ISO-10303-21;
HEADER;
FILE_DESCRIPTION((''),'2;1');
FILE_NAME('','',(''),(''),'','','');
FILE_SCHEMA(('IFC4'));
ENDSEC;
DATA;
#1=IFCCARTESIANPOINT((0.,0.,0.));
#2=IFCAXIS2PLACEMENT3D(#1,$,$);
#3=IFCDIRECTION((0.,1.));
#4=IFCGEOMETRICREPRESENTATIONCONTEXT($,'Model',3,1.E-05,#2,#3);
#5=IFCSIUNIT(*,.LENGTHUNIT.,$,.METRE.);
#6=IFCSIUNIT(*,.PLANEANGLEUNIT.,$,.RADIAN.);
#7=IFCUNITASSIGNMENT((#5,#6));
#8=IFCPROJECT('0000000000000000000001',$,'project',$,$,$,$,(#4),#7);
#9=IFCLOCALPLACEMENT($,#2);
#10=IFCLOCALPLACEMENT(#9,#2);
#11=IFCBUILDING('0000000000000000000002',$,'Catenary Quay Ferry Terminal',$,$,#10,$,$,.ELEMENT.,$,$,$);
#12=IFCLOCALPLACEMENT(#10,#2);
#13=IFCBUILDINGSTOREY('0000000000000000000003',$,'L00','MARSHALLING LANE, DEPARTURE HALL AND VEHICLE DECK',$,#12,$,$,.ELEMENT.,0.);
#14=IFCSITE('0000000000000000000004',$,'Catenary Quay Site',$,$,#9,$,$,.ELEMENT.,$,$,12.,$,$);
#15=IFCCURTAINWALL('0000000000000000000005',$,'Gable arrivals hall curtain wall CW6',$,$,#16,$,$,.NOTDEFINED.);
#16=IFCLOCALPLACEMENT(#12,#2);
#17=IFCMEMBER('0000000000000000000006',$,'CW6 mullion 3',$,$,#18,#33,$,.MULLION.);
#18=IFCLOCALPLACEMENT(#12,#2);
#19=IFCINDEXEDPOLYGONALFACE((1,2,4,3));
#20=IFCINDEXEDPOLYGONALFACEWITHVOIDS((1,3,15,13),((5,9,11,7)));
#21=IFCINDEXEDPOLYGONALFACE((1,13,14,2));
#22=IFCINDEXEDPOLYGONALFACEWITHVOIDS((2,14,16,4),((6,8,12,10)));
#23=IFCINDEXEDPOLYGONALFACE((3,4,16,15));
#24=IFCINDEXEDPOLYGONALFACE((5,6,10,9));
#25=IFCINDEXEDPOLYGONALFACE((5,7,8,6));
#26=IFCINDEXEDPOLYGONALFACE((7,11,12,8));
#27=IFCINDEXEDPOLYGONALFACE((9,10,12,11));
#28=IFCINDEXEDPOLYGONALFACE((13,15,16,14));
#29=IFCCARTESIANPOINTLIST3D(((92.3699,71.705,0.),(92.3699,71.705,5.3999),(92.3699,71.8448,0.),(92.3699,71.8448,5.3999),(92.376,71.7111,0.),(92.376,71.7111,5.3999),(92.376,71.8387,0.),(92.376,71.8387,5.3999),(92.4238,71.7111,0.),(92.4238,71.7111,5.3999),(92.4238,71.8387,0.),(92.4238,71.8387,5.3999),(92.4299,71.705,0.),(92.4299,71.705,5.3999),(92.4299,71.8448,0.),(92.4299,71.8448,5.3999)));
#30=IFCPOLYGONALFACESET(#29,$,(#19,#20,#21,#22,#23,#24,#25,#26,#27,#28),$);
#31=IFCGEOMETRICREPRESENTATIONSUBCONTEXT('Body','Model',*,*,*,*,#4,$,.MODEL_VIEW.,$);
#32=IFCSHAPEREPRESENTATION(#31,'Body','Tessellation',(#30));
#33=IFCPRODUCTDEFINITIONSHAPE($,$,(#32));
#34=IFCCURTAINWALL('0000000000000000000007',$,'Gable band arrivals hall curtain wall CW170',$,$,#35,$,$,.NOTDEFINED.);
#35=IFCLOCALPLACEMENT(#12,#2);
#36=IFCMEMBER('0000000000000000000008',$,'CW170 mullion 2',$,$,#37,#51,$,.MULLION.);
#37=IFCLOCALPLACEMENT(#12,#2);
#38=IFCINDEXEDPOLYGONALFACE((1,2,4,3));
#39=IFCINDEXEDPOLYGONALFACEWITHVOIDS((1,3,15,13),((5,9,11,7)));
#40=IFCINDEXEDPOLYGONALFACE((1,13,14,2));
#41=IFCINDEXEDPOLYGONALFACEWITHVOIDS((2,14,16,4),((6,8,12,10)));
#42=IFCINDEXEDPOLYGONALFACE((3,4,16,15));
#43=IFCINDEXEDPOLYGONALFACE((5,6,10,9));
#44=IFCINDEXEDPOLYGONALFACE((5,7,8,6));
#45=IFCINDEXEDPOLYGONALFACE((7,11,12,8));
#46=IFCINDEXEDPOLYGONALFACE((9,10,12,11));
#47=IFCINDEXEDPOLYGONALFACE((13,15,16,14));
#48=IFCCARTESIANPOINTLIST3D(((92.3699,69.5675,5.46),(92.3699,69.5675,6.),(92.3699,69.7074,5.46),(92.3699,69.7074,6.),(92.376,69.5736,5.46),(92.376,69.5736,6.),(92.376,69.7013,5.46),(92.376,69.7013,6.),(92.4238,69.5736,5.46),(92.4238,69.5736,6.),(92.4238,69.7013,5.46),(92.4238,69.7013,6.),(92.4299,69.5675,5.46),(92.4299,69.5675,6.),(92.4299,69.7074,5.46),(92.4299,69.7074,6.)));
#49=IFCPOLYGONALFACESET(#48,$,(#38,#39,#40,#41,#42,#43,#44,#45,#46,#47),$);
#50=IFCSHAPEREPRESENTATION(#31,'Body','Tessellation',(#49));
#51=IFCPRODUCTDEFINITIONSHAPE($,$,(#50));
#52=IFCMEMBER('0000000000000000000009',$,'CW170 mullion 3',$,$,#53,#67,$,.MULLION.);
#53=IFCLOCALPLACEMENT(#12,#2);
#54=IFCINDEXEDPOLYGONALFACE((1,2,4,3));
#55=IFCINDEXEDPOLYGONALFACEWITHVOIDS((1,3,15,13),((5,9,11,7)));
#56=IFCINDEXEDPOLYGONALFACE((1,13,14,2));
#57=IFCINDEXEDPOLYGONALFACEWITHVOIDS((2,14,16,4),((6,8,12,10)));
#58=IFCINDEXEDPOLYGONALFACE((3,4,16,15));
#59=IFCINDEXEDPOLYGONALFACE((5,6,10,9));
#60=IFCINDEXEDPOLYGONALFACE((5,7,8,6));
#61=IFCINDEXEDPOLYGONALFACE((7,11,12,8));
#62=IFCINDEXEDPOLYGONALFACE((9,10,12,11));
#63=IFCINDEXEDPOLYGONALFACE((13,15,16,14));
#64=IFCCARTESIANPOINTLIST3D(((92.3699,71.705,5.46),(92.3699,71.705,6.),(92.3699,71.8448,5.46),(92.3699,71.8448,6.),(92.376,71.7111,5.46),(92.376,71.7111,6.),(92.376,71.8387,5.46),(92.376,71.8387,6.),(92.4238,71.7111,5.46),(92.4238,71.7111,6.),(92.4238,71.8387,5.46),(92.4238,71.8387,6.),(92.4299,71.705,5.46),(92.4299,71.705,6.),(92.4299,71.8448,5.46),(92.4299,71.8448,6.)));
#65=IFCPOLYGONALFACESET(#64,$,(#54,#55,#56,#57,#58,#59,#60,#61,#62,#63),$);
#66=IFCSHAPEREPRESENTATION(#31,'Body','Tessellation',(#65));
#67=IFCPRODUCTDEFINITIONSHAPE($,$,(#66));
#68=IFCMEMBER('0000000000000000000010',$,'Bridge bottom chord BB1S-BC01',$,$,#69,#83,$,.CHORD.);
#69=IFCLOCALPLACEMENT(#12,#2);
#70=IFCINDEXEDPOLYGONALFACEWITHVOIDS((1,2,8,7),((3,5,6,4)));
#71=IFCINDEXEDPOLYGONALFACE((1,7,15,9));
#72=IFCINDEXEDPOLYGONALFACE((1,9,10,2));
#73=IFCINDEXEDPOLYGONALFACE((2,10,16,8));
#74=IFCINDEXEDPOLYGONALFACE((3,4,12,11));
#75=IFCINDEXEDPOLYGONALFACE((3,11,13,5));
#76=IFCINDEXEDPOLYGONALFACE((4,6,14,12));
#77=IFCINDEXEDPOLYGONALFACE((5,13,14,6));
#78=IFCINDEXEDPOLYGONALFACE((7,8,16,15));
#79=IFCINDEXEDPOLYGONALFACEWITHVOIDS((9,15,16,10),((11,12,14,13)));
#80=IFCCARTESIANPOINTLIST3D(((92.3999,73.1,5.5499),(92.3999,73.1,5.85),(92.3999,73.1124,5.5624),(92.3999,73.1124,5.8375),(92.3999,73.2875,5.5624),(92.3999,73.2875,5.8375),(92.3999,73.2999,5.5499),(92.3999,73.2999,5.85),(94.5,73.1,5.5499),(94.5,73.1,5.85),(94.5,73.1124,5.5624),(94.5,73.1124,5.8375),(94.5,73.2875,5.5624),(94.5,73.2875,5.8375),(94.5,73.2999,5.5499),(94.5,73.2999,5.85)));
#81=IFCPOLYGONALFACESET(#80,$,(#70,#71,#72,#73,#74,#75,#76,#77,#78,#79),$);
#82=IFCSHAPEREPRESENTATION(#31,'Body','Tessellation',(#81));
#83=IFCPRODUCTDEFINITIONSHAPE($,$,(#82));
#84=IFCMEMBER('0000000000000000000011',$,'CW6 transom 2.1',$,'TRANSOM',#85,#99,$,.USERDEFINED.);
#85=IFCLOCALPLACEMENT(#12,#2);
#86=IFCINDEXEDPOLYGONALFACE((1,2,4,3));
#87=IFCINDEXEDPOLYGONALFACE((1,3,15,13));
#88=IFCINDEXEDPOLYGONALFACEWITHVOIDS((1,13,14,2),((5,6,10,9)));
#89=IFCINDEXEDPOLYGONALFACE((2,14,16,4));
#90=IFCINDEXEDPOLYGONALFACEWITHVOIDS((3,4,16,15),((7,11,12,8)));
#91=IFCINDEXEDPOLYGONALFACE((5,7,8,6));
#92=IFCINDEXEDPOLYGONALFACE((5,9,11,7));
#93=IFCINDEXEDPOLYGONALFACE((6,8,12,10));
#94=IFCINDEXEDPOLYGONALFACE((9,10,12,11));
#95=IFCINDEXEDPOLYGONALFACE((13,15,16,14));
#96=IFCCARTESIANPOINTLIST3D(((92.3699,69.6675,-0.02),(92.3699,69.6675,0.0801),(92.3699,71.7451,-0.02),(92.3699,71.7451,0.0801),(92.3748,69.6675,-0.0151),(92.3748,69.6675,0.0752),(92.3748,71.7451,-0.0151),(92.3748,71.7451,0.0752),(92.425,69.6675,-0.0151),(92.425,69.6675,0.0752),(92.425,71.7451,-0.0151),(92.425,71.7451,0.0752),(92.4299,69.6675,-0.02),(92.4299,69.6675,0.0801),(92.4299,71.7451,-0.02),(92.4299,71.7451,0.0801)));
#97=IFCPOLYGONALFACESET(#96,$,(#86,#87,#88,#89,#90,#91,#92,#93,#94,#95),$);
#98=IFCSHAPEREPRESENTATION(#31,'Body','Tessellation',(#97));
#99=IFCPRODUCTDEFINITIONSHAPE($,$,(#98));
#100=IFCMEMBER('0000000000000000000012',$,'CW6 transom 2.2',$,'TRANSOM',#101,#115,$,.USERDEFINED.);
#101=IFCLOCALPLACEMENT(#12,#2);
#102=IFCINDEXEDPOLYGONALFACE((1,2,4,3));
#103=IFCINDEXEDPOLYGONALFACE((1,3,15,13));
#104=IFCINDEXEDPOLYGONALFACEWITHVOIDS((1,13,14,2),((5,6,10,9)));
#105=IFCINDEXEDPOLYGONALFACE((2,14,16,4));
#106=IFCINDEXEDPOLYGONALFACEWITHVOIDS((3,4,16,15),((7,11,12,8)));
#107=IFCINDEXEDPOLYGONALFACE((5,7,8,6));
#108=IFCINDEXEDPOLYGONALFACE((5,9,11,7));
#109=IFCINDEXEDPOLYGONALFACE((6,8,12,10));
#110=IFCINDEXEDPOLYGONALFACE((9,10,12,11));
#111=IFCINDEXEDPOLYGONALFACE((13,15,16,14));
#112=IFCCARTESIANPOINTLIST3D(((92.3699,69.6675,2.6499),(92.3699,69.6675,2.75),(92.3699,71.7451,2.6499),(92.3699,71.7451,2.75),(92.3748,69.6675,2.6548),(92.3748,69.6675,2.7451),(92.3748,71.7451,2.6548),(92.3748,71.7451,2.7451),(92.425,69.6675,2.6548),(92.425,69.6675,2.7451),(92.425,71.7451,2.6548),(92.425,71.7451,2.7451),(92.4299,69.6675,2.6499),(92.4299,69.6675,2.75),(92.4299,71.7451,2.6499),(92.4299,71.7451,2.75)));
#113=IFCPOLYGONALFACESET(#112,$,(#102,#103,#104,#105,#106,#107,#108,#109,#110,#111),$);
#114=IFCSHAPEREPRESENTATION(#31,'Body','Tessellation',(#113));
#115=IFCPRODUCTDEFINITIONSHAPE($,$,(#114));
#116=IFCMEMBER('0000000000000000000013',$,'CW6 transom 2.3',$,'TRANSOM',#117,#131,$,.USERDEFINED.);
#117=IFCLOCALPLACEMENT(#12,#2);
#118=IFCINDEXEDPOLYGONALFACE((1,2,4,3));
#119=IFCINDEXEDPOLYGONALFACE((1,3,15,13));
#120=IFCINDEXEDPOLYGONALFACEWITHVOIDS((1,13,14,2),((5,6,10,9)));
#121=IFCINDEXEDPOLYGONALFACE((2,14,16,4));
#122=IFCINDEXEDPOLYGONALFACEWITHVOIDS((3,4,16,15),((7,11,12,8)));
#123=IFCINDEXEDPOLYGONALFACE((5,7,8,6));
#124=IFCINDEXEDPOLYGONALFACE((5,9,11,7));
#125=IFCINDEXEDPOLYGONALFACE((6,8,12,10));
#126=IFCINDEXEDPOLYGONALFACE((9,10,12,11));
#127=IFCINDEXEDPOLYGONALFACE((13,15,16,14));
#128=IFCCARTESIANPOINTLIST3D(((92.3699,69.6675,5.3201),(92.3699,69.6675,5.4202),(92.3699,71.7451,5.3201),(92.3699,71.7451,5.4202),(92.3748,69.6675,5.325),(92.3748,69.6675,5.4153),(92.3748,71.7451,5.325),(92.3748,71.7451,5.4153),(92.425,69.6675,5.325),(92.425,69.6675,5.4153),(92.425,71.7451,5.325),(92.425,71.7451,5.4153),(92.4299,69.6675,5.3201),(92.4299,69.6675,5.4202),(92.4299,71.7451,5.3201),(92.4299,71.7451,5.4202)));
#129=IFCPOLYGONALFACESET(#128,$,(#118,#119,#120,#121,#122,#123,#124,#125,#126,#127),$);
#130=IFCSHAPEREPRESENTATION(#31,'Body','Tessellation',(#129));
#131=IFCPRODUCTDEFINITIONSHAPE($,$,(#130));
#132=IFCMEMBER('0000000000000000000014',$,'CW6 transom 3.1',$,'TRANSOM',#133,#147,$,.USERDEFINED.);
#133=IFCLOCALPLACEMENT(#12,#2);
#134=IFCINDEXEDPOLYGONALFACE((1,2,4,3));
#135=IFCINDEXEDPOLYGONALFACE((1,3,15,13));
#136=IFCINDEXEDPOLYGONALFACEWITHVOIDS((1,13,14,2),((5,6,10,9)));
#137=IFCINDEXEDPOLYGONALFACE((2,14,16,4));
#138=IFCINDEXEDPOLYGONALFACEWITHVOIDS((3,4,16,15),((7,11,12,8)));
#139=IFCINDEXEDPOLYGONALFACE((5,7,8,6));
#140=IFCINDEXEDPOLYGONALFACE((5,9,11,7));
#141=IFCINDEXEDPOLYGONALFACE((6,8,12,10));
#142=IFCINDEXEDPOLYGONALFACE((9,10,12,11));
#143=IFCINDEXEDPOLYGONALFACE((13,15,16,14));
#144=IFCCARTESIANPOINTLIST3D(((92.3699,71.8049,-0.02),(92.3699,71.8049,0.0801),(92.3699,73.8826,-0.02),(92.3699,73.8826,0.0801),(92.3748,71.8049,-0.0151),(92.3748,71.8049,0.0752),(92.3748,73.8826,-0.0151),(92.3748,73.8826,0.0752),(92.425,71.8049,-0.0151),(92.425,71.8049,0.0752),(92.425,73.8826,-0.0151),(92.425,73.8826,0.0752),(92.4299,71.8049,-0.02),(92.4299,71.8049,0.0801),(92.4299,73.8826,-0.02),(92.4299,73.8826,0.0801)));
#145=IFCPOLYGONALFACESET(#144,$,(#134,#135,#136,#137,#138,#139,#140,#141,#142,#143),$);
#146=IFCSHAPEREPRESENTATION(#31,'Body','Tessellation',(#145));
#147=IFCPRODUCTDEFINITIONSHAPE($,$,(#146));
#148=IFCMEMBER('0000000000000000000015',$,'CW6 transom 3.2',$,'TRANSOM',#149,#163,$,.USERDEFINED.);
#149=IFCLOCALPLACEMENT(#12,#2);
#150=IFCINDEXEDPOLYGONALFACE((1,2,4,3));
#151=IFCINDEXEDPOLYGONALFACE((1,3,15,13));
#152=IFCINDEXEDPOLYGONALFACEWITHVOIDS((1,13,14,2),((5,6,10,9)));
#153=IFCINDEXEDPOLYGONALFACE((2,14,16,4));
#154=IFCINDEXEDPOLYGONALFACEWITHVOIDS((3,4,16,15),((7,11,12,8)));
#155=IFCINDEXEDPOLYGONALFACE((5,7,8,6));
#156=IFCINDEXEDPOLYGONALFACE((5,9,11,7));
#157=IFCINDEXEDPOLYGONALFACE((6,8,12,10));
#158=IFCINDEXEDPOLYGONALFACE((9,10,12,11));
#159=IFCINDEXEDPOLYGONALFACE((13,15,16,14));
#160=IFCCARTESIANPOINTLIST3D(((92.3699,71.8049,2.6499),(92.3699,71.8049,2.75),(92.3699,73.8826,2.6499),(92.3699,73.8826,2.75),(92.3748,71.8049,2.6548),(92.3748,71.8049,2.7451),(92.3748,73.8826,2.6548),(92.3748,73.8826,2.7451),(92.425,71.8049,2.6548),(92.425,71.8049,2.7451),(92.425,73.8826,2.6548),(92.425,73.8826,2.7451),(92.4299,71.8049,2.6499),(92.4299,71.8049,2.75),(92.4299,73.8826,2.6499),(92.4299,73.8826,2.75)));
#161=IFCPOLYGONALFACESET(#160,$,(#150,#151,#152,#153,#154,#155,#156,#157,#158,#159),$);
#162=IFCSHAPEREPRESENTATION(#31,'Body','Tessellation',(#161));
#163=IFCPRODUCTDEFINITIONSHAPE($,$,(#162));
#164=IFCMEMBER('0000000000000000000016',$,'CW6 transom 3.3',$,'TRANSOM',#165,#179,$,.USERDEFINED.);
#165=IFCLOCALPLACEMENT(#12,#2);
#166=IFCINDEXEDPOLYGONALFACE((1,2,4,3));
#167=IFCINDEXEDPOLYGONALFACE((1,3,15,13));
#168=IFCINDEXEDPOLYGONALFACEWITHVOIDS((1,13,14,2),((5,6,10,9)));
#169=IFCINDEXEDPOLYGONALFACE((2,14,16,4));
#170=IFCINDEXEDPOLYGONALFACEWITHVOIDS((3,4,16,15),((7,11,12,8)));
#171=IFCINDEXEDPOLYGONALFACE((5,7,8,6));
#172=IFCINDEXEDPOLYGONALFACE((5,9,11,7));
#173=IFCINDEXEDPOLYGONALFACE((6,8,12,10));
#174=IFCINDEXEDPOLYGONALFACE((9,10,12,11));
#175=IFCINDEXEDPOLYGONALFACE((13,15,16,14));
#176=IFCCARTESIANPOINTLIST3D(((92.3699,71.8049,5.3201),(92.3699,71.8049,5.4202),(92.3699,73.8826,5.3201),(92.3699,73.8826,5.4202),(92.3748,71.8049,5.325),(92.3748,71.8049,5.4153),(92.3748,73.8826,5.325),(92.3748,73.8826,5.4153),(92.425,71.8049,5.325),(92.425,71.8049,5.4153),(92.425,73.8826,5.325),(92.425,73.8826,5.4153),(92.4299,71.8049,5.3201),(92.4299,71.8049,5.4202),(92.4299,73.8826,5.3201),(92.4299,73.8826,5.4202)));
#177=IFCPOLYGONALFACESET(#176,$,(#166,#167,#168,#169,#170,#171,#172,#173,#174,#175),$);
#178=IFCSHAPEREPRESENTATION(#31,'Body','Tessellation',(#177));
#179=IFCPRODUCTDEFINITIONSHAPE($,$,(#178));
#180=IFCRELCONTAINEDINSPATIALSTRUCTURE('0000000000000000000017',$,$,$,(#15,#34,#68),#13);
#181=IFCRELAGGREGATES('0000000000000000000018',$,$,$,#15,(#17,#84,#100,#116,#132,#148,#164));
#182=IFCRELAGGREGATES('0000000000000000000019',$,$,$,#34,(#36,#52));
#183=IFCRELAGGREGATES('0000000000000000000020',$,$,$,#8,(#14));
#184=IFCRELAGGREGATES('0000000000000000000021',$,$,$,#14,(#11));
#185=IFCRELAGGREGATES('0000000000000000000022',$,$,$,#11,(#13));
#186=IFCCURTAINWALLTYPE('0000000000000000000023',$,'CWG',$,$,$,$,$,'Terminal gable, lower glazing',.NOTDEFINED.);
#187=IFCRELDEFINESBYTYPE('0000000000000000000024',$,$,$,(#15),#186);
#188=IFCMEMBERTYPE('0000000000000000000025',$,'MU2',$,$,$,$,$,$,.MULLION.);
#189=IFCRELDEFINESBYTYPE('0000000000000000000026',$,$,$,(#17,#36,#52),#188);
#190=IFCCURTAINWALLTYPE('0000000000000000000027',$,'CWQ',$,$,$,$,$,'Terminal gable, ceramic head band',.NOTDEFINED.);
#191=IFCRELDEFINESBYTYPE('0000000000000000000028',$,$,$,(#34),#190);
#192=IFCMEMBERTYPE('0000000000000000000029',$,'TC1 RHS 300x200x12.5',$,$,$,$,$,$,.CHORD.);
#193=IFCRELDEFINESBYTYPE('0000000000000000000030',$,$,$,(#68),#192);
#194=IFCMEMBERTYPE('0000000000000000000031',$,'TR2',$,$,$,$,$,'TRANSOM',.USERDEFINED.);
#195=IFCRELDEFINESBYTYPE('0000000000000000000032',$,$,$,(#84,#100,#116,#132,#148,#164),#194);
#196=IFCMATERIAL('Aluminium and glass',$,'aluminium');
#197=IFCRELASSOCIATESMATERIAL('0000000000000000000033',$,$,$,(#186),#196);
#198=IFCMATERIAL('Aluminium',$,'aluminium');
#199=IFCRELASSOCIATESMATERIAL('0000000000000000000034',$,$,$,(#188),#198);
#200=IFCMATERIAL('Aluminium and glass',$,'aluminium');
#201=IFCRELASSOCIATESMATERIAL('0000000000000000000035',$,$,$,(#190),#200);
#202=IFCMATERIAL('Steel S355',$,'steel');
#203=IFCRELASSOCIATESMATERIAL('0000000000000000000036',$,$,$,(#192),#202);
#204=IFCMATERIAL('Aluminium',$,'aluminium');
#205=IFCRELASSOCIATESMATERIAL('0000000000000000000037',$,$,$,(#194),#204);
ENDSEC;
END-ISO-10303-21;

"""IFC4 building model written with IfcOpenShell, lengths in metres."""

from ifc_helpers import new_model, si_unit, direction, frame, origin, origin_2d, place, context, subcontext, project, spatial, hollow_rectangle, extrude, material, material_profile, profile_set, type_object, element, aggregate, save


model = new_model("IFC4")

# Units and contexts
model_context = context("Model", 3, precision=1e-05, world=origin(), true_north=direction((0.0, 1.0)))
body_context = subcontext(model_context, "Body", "Model", "MODEL_VIEW")
ifc_project = project(units=[si_unit("LENGTHUNIT", "METRE"), si_unit("PLANEANGLEUNIT", "RADIAN")], contexts=[model_context])

# Site, building, storey
site_placement = place(None, origin())
site = spatial("IfcSite", under=ifc_project, at=site_placement, Name="Catenary Quay Site", CompositionType="ELEMENT", RefElevation=12.0)
building_placement = place(site_placement, origin())
building = spatial("IfcBuilding", under=site, at=building_placement, Name="Catenary Quay Ferry Terminal", CompositionType="ELEMENT")
storey_placement = place(building_placement, origin())
storey = spatial("IfcBuildingStorey", under=building, at=storey_placement, Name="L00", Description="MARSHALLING LANE, DEPARTURE HALL AND VEHICLE DECK", CompositionType="ELEMENT", Elevation=0.0)

# Curtain walls, members
ifc_material_1 = material(Name="Aluminium and glass", Category="aluminium")
curtain_wall_type_1 = type_object("IfcCurtainWallType", Name="CWG", ElementType="Terminal gable, lower glazing", PredefinedType="NOTDEFINED", material=ifc_material_1)
curtain_wall_1_placement = place(storey_placement, origin())
curtain_wall_1 = element("IfcCurtainWall", 1, at=curtain_wall_1_placement, inside=storey, type_object=curtain_wall_type_1, Name="Gable arrivals hall curtain wall CW6", PredefinedType="NOTDEFINED")
ifc_material_2 = material(Name="Aluminium", Category="aluminium")
ifc_material_profile_1 = material_profile(ifc_material_2, hollow_rectangle(XDim=0.0601, YDim=0.1399, WallThickness=0.0061, at=origin_2d()), Name="MU2")
ifc_profile_set_1 = profile_set([ifc_material_profile_1], Name="Aluminium")
member_type_1 = type_object("IfcMemberType", Name="MU2", PredefinedType="MULLION", material=ifc_profile_set_1)
member_1_placement = place(storey_placement, frame((92.3999, 71.7749, 0.0), z_axis=(0.0, 0.0, 1.0), x_axis=(-1.0, 0.0, 0.0)))
member_1 = element("IfcMember", 2, at=member_1_placement, type_object=member_type_1, Name="CW6 mullion 3", PredefinedType="MULLION", context=body_context, shape_type="SweptSolid", body=[
    extrude(hollow_rectangle(XDim=0.0601, YDim=0.1399, WallThickness=0.0061, at=origin_2d()), origin(), (0.0, 0.0, 1.0), 5.3999),
])
ifc_material_3 = material(Name="Aluminium and glass", Category="aluminium")
curtain_wall_type_2 = type_object("IfcCurtainWallType", Name="CWQ", ElementType="Terminal gable, ceramic head band", PredefinedType="NOTDEFINED", material=ifc_material_3)
curtain_wall_2_placement = place(storey_placement, origin())
curtain_wall_2 = element("IfcCurtainWall", 3, at=curtain_wall_2_placement, inside=storey, type_object=curtain_wall_type_2, Name="Gable band arrivals hall curtain wall CW170", PredefinedType="NOTDEFINED")
member_2_placement = place(storey_placement, frame((92.3999, 69.6375, 5.46), z_axis=(0.0, 0.0, 1.0), x_axis=(-1.0, 0.0, 0.0)))
member_2 = element("IfcMember", 4, at=member_2_placement, type_object=member_type_1, Name="CW170 mullion 2", PredefinedType="MULLION", context=body_context, shape_type="SweptSolid", body=[
    extrude(hollow_rectangle(XDim=0.0601, YDim=0.1399, WallThickness=0.0061, at=origin_2d()), origin(), (0.0, 0.0, 1.0), 0.54),
])
member_3_placement = place(storey_placement, frame((92.3999, 71.7749, 5.46), z_axis=(0.0, 0.0, 1.0), x_axis=(-1.0, 0.0, 0.0)))
member_3 = element("IfcMember", 5, at=member_3_placement, type_object=member_type_1, Name="CW170 mullion 3", PredefinedType="MULLION", context=body_context, shape_type="SweptSolid", body=[
    extrude(hollow_rectangle(XDim=0.0601, YDim=0.1399, WallThickness=0.0061, at=origin_2d()), origin(), (0.0, 0.0, 1.0), 0.54),
])

# Members
ifc_material_4 = material(Name="Steel S355", Category="steel")
ifc_material_profile_2 = material_profile(ifc_material_4, hollow_rectangle(XDim=0.2, YDim=0.3, WallThickness=0.0125, at=origin_2d()), Name="RHS 300x200x12.5")
ifc_profile_set_2 = profile_set([ifc_material_profile_2], Name="Steel S355")
member_type_2 = type_object("IfcMemberType", Name="TC1 RHS 300x200x12.5", PredefinedType="CHORD", material=ifc_profile_set_2)
member_4_placement = place(storey_placement, frame((92.3999, 73.2, 5.7), z_axis=(1.0, 0.0, 0.0), x_axis=(0.0, 1.0, 0.0)))
element("IfcMember", 6, at=member_4_placement, inside=storey, type_object=member_type_2, Name="Bridge bottom chord BB1S-BC01", PredefinedType="CHORD", context=body_context, shape_type="SweptSolid", body=[
    extrude(hollow_rectangle(XDim=0.2, YDim=0.3, WallThickness=0.0125, at=origin_2d()), origin(), (0.0, 0.0, 1.0), 2.1001),
])
ifc_material_5 = material(Name="Aluminium", Category="aluminium")
ifc_material_profile_3 = material_profile(ifc_material_5, hollow_rectangle(XDim=0.0601, YDim=0.1001, WallThickness=0.0049, at=origin_2d()), Name="TR2")
ifc_profile_set_3 = profile_set([ifc_material_profile_3], Name="Aluminium")
member_type_3 = type_object("IfcMemberType", Name="TR2", ElementType="TRANSOM", PredefinedType="USERDEFINED", material=ifc_profile_set_3)
member_5_placement = place(storey_placement, frame((92.3999, 69.6675, 0.03), z_axis=(0.0, 1.0, 0.0), x_axis=(-1.0, 0.0, 0.0)))
member_5 = element("IfcMember", 7, at=member_5_placement, type_object=member_type_3, Name="CW6 transom 2.1", ObjectType="TRANSOM", PredefinedType="USERDEFINED", context=body_context, shape_type="SweptSolid", body=[
    extrude(hollow_rectangle(XDim=0.0601, YDim=0.1001, WallThickness=0.0049, at=origin_2d()), origin(), (0.0, 0.0, 1.0), 2.0776),
])
member_6_placement = place(storey_placement, frame((92.3999, 69.6675, 2.7), z_axis=(0.0, 1.0, 0.0), x_axis=(-1.0, 0.0, 0.0)))
member_6 = element("IfcMember", 8, at=member_6_placement, type_object=member_type_3, Name="CW6 transom 2.2", ObjectType="TRANSOM", PredefinedType="USERDEFINED", context=body_context, shape_type="SweptSolid", body=[
    extrude(hollow_rectangle(XDim=0.0601, YDim=0.1001, WallThickness=0.0049, at=origin_2d()), origin(), (0.0, 0.0, 1.0), 2.0776),
])
member_7_placement = place(storey_placement, frame((92.3999, 69.6675, 5.3701), z_axis=(0.0, 1.0, 0.0), x_axis=(-1.0, 0.0, 0.0)))
member_7 = element("IfcMember", 9, at=member_7_placement, type_object=member_type_3, Name="CW6 transom 2.3", ObjectType="TRANSOM", PredefinedType="USERDEFINED", context=body_context, shape_type="SweptSolid", body=[
    extrude(hollow_rectangle(XDim=0.0601, YDim=0.1001, WallThickness=0.0049, at=origin_2d()), origin(), (0.0, 0.0, 1.0), 2.0776),
])
member_8_placement = place(storey_placement, frame((92.3999, 71.8049, 0.03), z_axis=(0.0, 1.0, 0.0), x_axis=(-1.0, 0.0, 0.0)))
member_8 = element("IfcMember", 10, at=member_8_placement, type_object=member_type_3, Name="CW6 transom 3.1", ObjectType="TRANSOM", PredefinedType="USERDEFINED", context=body_context, shape_type="SweptSolid", body=[
    extrude(hollow_rectangle(XDim=0.0601, YDim=0.1001, WallThickness=0.0049, at=origin_2d()), origin(), (0.0, 0.0, 1.0), 2.0776),
])
member_9_placement = place(storey_placement, frame((92.3999, 71.8049, 2.7), z_axis=(0.0, 1.0, 0.0), x_axis=(-1.0, 0.0, 0.0)))
member_9 = element("IfcMember", 11, at=member_9_placement, type_object=member_type_3, Name="CW6 transom 3.2", ObjectType="TRANSOM", PredefinedType="USERDEFINED", context=body_context, shape_type="SweptSolid", body=[
    extrude(hollow_rectangle(XDim=0.0601, YDim=0.1001, WallThickness=0.0049, at=origin_2d()), origin(), (0.0, 0.0, 1.0), 2.0776),
])
member_10_placement = place(storey_placement, frame((92.3999, 71.8049, 5.3701), z_axis=(0.0, 1.0, 0.0), x_axis=(-1.0, 0.0, 0.0)))
member_10 = element("IfcMember", 12, at=member_10_placement, type_object=member_type_3, Name="CW6 transom 3.3", ObjectType="TRANSOM", PredefinedType="USERDEFINED", context=body_context, shape_type="SweptSolid", body=[
    extrude(hollow_rectangle(XDim=0.0601, YDim=0.1001, WallThickness=0.0049, at=origin_2d()), origin(), (0.0, 0.0, 1.0), 2.0776),
])

aggregate(curtain_wall_1, [member_1, member_5, member_6, member_7, member_8, member_9, member_10])
aggregate(curtain_wall_2, [member_2, member_3])

save(model, "model.ifc")
